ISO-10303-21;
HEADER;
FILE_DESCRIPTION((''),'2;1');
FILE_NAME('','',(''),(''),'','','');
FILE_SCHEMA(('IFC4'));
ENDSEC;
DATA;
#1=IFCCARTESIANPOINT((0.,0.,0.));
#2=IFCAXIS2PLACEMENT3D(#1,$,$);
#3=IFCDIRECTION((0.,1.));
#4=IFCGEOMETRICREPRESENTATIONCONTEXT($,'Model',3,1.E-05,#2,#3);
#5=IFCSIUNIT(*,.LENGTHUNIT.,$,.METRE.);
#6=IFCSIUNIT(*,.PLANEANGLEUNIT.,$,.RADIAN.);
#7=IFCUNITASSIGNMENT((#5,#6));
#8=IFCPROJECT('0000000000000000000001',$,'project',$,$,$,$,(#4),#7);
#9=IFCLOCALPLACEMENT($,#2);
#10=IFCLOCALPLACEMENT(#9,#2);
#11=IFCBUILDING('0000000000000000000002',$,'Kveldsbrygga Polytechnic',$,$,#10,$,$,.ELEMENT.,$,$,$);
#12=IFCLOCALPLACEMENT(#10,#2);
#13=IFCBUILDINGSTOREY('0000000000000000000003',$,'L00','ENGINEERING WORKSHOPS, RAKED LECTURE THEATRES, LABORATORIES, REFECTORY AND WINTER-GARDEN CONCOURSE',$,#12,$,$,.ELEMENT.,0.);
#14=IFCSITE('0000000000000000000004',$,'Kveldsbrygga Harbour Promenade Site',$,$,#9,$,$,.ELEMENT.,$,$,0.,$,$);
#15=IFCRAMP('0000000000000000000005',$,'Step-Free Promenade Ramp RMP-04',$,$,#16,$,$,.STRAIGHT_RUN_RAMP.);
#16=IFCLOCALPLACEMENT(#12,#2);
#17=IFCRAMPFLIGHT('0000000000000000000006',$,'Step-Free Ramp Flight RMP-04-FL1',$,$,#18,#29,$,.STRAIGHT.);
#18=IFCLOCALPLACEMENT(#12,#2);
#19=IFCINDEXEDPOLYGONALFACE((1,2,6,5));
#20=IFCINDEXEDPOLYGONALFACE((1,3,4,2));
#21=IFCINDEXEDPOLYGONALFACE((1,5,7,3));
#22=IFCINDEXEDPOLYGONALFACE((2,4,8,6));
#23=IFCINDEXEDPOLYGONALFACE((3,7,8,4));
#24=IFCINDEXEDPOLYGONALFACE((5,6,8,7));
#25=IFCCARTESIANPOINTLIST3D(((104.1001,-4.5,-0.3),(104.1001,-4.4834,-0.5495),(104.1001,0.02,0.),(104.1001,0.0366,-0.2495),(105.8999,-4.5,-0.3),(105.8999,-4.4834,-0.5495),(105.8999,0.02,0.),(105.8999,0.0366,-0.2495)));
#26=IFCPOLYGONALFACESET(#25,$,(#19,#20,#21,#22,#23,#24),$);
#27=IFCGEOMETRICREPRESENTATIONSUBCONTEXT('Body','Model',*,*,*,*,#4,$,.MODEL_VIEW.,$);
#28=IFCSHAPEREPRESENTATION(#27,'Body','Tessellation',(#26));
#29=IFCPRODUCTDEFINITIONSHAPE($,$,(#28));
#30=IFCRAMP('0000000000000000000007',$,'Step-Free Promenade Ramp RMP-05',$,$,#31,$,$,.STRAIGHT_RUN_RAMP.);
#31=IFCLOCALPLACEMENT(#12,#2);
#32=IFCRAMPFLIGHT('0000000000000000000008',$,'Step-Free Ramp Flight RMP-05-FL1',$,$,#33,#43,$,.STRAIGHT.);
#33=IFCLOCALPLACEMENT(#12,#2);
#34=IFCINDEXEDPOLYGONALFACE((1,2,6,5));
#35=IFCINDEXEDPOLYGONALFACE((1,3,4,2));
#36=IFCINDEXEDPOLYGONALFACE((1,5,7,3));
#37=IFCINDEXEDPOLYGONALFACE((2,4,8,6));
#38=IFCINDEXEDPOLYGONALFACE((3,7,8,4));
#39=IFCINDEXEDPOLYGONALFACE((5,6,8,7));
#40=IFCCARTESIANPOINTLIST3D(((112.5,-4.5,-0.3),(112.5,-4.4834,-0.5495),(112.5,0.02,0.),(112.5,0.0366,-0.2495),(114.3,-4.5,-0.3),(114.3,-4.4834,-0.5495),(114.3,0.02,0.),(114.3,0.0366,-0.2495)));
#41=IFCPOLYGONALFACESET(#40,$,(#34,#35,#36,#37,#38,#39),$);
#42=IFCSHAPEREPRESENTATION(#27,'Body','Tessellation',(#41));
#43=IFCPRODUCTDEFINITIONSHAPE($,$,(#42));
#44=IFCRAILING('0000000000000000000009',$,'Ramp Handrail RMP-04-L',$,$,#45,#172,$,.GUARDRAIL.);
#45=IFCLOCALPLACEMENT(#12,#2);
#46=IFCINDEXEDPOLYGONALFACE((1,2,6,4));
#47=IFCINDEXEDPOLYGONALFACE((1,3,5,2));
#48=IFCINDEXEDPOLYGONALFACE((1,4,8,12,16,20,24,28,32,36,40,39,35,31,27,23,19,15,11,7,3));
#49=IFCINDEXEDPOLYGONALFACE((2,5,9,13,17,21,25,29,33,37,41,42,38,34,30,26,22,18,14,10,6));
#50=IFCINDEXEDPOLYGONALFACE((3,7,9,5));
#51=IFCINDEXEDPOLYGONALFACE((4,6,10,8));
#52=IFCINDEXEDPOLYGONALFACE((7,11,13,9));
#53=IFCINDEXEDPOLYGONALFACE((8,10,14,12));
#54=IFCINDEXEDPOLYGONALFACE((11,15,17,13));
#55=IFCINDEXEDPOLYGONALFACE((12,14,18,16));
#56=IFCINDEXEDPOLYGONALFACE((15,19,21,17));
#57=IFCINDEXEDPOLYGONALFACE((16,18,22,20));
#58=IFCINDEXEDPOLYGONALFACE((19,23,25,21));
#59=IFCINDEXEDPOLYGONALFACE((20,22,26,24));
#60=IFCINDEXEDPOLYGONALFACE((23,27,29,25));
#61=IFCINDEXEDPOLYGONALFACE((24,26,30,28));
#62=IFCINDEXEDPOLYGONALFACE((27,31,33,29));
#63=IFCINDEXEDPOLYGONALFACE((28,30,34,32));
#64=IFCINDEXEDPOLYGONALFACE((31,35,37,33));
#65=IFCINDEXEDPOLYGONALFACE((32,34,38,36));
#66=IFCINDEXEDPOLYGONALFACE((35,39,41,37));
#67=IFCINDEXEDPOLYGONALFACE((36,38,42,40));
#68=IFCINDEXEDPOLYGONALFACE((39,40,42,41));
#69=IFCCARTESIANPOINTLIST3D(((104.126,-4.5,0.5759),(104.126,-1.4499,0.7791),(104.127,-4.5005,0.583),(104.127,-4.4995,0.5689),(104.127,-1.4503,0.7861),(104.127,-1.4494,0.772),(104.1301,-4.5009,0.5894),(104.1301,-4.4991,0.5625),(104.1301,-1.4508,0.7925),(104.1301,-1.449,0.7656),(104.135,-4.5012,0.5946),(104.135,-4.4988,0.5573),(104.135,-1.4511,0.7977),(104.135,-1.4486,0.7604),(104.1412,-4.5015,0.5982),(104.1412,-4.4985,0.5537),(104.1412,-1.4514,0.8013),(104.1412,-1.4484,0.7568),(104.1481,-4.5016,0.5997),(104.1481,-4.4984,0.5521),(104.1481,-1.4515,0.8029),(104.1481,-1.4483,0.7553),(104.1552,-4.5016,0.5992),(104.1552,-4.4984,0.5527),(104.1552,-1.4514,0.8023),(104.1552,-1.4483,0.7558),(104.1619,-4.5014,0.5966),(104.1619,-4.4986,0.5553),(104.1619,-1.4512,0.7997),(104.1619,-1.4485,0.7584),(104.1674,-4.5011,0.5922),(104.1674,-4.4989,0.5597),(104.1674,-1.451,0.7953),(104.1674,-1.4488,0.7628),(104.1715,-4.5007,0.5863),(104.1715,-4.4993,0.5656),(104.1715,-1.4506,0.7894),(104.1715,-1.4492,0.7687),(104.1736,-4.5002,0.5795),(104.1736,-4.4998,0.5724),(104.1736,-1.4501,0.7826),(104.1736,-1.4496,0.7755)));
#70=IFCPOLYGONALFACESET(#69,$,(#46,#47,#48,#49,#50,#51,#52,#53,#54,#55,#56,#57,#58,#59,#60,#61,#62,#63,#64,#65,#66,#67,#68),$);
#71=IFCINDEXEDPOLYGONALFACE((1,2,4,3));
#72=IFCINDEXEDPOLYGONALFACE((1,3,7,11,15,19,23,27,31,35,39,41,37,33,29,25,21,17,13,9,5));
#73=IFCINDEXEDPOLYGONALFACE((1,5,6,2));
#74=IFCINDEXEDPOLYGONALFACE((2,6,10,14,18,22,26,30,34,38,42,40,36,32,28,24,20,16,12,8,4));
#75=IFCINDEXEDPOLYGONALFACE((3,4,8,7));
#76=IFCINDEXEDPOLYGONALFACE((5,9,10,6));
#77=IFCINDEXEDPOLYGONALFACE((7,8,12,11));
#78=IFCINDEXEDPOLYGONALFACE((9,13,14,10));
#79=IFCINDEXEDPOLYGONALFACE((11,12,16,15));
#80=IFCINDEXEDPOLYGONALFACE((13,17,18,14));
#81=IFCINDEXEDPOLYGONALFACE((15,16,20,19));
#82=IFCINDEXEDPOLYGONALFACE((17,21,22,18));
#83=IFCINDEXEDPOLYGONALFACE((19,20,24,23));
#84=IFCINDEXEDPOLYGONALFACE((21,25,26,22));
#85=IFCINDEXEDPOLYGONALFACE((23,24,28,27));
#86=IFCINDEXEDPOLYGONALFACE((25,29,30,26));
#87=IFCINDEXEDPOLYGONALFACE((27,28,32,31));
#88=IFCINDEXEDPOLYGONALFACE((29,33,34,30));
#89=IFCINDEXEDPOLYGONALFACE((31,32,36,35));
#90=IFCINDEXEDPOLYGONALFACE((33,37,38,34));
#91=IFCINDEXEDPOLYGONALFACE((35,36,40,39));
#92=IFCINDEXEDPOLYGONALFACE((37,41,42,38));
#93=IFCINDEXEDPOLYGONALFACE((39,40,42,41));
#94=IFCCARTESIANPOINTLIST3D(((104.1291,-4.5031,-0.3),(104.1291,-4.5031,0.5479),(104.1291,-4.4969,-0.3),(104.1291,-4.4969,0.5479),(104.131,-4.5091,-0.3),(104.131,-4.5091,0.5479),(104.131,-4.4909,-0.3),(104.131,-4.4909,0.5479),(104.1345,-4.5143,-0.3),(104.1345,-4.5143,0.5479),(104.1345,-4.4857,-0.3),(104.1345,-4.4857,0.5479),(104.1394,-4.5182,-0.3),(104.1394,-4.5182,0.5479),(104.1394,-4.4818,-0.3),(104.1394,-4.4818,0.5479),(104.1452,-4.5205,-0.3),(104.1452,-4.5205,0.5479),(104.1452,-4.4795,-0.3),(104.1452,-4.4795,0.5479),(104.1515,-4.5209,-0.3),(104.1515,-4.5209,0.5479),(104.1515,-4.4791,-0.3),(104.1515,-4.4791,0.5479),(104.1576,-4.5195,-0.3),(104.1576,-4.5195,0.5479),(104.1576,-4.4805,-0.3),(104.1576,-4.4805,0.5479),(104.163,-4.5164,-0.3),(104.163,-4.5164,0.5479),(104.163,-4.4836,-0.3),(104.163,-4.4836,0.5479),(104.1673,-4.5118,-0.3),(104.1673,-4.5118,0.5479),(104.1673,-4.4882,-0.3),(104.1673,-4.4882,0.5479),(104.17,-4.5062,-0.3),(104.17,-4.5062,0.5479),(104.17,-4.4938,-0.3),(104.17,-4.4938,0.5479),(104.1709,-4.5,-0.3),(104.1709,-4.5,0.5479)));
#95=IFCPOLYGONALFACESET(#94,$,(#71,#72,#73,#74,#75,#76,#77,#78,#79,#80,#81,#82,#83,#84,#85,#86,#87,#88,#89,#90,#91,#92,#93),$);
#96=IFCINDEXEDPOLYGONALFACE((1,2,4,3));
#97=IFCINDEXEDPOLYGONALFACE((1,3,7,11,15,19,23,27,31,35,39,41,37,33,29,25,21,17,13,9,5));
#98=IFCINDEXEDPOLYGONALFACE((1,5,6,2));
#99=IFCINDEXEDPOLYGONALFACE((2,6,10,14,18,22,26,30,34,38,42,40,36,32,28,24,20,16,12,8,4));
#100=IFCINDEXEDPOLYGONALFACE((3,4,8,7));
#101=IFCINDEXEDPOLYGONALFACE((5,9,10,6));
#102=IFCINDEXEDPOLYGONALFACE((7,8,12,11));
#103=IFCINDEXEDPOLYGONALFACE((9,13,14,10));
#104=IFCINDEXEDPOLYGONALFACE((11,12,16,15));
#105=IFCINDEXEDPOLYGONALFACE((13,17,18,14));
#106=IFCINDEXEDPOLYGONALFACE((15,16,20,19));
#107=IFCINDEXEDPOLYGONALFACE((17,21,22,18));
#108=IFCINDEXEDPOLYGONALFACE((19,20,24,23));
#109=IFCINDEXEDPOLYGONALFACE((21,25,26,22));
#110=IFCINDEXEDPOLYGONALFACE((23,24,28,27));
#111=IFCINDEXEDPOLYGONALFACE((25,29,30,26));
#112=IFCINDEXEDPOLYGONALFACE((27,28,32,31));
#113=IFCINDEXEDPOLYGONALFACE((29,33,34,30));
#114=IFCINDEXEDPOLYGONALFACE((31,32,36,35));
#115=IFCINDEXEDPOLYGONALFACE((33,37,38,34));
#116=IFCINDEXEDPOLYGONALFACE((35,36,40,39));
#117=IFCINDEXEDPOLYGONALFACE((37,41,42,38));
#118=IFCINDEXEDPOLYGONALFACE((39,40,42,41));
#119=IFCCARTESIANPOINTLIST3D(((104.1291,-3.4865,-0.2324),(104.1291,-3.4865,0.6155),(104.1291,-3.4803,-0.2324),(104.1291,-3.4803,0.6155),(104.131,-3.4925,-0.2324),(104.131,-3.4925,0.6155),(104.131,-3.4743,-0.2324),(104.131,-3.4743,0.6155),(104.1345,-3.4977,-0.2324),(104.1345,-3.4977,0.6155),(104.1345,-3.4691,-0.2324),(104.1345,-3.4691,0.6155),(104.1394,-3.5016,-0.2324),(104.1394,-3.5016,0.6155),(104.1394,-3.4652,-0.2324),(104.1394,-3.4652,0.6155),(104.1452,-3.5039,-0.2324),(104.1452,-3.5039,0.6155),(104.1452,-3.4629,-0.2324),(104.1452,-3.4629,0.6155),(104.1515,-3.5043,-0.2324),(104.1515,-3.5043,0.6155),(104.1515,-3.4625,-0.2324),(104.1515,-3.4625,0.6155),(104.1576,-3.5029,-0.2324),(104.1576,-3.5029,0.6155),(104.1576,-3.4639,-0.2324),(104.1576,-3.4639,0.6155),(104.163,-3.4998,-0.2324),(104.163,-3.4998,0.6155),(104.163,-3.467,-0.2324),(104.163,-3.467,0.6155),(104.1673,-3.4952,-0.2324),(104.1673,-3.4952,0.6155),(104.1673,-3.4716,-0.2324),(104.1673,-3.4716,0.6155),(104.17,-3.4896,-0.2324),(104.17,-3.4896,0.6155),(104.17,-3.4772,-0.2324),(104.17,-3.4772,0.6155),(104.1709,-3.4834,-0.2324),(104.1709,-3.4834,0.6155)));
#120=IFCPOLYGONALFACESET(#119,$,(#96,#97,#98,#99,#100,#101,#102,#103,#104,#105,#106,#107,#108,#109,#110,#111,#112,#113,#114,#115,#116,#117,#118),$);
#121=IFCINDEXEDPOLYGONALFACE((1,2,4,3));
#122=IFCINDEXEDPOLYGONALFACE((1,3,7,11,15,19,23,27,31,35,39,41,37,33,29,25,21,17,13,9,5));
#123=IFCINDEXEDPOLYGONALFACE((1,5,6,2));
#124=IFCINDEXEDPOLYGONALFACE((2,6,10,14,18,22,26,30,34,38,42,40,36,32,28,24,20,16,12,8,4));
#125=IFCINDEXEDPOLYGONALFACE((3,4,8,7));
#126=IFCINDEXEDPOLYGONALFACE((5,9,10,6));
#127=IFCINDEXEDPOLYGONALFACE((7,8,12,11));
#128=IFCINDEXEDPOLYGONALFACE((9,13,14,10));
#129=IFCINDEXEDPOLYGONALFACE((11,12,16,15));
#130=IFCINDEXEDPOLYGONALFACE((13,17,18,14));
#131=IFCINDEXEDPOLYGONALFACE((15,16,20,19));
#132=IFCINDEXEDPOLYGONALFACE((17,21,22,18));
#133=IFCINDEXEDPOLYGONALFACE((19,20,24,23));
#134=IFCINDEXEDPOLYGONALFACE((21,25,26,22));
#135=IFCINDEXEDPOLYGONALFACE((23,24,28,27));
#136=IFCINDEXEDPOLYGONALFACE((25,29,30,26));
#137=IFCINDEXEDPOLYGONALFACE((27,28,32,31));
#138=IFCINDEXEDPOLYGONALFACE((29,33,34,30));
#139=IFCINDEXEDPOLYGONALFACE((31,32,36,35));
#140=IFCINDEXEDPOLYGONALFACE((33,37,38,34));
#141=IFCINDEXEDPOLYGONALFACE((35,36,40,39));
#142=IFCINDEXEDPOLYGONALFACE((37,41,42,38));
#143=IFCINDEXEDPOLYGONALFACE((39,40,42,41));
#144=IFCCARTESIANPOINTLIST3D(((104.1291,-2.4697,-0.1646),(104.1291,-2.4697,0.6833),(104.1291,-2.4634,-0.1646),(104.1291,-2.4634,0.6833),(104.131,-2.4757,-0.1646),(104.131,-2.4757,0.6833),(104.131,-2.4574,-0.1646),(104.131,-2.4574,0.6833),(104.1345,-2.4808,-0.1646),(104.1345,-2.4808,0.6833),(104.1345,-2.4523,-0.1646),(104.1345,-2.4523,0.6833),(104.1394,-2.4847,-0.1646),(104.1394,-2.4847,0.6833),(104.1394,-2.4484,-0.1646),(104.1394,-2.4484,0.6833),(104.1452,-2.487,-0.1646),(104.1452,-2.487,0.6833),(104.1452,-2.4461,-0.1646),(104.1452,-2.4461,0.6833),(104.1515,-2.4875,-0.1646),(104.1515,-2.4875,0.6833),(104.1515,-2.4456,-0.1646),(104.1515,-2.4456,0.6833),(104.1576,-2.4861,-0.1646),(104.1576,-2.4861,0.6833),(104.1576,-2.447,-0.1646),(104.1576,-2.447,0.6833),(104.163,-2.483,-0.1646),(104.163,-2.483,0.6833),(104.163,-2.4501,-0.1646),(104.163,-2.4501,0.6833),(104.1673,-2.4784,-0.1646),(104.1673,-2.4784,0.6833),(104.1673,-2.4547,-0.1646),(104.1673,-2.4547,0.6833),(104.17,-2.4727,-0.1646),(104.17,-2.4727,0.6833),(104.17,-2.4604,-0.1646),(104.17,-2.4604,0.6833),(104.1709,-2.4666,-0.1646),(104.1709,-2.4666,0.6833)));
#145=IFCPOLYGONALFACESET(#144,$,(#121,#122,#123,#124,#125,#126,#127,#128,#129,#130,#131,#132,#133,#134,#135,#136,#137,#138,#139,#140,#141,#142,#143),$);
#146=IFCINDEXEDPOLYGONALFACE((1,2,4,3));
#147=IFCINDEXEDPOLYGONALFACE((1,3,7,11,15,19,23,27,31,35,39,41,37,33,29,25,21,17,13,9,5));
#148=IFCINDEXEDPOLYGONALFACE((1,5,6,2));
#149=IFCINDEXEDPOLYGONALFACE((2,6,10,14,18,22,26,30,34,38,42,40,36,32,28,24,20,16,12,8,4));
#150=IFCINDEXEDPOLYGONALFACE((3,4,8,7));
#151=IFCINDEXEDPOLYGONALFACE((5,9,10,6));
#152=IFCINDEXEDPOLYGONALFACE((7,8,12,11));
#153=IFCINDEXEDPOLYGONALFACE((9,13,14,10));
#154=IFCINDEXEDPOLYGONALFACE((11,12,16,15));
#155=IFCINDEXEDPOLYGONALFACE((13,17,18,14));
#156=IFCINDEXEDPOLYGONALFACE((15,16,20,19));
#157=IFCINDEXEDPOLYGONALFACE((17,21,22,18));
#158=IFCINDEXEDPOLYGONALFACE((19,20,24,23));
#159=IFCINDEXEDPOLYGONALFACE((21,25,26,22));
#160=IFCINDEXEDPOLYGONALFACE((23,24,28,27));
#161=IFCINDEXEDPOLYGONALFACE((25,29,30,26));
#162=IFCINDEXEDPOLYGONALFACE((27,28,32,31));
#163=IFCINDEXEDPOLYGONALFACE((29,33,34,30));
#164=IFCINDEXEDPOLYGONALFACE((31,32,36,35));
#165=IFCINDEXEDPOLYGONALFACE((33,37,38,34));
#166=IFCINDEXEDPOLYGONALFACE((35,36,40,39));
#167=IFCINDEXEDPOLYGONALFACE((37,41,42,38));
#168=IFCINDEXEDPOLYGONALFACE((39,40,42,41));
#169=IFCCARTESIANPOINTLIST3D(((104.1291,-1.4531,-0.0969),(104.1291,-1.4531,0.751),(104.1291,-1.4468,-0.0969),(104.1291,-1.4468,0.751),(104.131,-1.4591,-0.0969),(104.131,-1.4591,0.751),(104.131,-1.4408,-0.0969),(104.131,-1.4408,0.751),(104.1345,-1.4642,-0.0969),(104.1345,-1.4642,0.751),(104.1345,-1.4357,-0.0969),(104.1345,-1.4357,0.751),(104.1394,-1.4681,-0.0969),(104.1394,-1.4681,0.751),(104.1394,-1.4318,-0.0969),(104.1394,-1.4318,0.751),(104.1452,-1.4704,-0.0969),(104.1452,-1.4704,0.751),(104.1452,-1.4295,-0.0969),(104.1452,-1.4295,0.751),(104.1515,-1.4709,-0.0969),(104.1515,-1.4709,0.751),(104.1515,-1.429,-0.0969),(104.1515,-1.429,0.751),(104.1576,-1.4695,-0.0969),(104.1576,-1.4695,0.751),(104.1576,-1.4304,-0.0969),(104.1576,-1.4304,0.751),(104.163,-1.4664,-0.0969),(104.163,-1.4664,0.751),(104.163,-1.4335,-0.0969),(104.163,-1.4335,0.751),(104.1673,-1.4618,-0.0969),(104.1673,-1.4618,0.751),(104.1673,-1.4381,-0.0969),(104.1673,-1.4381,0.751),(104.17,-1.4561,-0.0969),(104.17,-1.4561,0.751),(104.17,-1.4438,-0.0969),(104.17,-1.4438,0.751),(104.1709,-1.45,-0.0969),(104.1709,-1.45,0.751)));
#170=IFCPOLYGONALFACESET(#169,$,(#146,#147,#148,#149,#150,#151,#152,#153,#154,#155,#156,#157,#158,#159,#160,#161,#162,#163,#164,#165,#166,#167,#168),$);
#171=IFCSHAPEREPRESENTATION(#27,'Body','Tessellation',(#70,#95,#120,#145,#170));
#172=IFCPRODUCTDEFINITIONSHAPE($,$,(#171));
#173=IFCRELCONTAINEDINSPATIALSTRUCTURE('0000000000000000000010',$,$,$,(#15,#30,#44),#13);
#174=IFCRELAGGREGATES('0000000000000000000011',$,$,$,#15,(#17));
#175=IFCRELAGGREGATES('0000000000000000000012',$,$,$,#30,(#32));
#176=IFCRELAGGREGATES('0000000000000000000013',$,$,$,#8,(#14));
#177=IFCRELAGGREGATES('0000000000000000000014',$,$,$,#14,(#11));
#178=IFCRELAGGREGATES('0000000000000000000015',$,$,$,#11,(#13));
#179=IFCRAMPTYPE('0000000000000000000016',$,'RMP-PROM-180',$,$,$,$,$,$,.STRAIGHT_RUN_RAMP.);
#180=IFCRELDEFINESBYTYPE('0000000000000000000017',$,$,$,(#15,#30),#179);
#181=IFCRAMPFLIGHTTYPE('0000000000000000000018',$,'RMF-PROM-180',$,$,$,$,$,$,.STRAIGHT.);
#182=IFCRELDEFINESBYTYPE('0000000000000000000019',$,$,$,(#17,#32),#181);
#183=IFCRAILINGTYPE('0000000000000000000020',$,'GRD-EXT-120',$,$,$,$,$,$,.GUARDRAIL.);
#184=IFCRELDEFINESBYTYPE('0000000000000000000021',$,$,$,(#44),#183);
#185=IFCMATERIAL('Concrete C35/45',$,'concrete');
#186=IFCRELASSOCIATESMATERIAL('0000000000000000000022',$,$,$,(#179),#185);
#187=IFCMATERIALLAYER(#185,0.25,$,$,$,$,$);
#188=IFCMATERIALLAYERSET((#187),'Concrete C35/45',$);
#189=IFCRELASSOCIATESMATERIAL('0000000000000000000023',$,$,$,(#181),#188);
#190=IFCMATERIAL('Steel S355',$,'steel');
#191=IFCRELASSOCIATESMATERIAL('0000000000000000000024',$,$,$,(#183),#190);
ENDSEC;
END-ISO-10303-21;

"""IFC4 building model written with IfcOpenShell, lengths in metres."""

from ifc_helpers import new_model, si_unit, direction, frame, origin, origin_2d, place, context, subcontext, project, spatial, polyline, circle, outline, extrude, material, layer, layer_set, type_object, element, aggregate, save


model = new_model("IFC4")

# Units and contexts
model_context = context("Model", 3, precision=1e-05, world=origin(), true_north=direction((0.0, 1.0)))
body_context = subcontext(model_context, "Body", "Model", "MODEL_VIEW")
ifc_project = project(units=[si_unit("LENGTHUNIT", "METRE"), si_unit("PLANEANGLEUNIT", "RADIAN")], contexts=[model_context])

# Site, building, storey
site_placement = place(None, origin())
site = spatial("IfcSite", under=ifc_project, at=site_placement, Name="Kveldsbrygga Harbour Promenade Site", CompositionType="ELEMENT", RefElevation=0.0)
building_placement = place(site_placement, origin())
building = spatial("IfcBuilding", under=site, at=building_placement, Name="Kveldsbrygga Polytechnic", CompositionType="ELEMENT")
storey_placement = place(building_placement, origin())
storey = spatial("IfcBuildingStorey", under=building, at=storey_placement, Name="L00", Description="ENGINEERING WORKSHOPS, RAKED LECTURE THEATRES, LABORATORIES, REFECTORY AND WINTER-GARDEN CONCOURSE", CompositionType="ELEMENT", Elevation=0.0)

# Shared definitions
ifc_material_1 = material(Name="Concrete C35/45", Category="concrete")
ifc_material_2 = material(Name="Steel S355", Category="steel")

# Ramps, ramp flights
ramp_type = type_object("IfcRampType", Name="RMP-PROM-180", PredefinedType="STRAIGHT_RUN_RAMP", material=ifc_material_1)
ramp_1_placement = place(storey_placement, origin())
ramp_1 = element("IfcRamp", 1, at=ramp_1_placement, inside=storey, type_object=ramp_type, Name="Step-Free Promenade Ramp RMP-04", PredefinedType="STRAIGHT_RUN_RAMP")
ifc_layer_1 = layer(ifc_material_1, 0.25)
ifc_layer_set_1 = layer_set([ifc_layer_1], Name="Concrete C35/45")
ramp_flight_type = type_object("IfcRampFlightType", Name="RMF-PROM-180", PredefinedType="STRAIGHT", material=ifc_layer_set_1)
ramp_flight_1_placement = place(storey_placement, frame((104.1001, -4.5, -0.3), z_axis=(0.0, -0.066236, 0.997804), x_axis=(1.0, 0.0, 0.0)))
ramp_flight_1 = element("IfcRampFlight", 2, at=ramp_flight_1_placement, type_object=ramp_flight_type, Name="Step-Free Ramp Flight RMP-04-FL1", PredefinedType="STRAIGHT", context=body_context, shape_type="SweptSolid", body=[
    extrude(outline(polyline([(0.0, 0.0), (1.7998, 0.0), (1.7998, 4.53), (0.0, 4.53), (0.0, 0.0)])), origin(), (0.0, 0.0, -1.0), 0.25),
])
aggregate(ramp_1, [ramp_flight_1])
ramp_2_placement = place(storey_placement, origin())
ramp_2 = element("IfcRamp", 3, at=ramp_2_placement, inside=storey, type_object=ramp_type, Name="Step-Free Promenade Ramp RMP-05", PredefinedType="STRAIGHT_RUN_RAMP")
ramp_flight_2_placement = place(storey_placement, frame((112.5, -4.5, -0.3), z_axis=(0.0, -0.066236, 0.997804), x_axis=(1.0, 0.0, 0.0)))
ramp_flight_2 = element("IfcRampFlight", 4, at=ramp_flight_2_placement, type_object=ramp_flight_type, Name="Step-Free Ramp Flight RMP-05-FL1", PredefinedType="STRAIGHT", context=body_context, shape_type="SweptSolid", body=[
    extrude(outline(polyline([(0.0, 0.0), (1.8, 0.0), (1.8, 4.53), (0.0, 4.53), (0.0, 0.0)])), origin(), (0.0, 0.0, -1.0), 0.25),
])
aggregate(ramp_2, [ramp_flight_2])

# Railing
railing_type = type_object("IfcRailingType", Name="GRD-EXT-120", PredefinedType="GUARDRAIL", material=ifc_material_2)
for number, where, name in (
    (5, (104.1499, -4.5, -0.3), "Ramp Handrail RMP-04-L"),
):
    element("IfcRailing", number, at=place(storey_placement, frame(where)), inside=storey, type_object=railing_type, Name=name, PredefinedType="GUARDRAIL", context=body_context, shape_type="SweptSolid", body=[
        extrude(circle(Radius=0.0239, at=origin_2d()), frame((0.0, 0.0, 0.876), z_axis=(0.0, 0.99779, 0.06645), x_axis=(-1.0, 0.0, 0.0)), (0.0, 0.0, 1.0), 3.0569),
        extrude(circle(Radius=0.021, at=origin_2d()), origin(), (0.0, 0.0, 1.0), 0.8479),
        extrude(circle(Radius=0.021, at=origin_2d()), frame((0.0, 1.0166, 0.0676)), (0.0, 0.0, 1.0), 0.8479),
        extrude(circle(Radius=0.021, at=origin_2d()), frame((0.0, 2.0334, 0.1355)), (0.0, 0.0, 1.0), 0.8479),
        extrude(circle(Radius=0.021, at=origin_2d()), frame((0.0, 3.05, 0.2031)), (0.0, 0.0, 1.0), 0.8479),
    ])

save(model, "model.ifc")
